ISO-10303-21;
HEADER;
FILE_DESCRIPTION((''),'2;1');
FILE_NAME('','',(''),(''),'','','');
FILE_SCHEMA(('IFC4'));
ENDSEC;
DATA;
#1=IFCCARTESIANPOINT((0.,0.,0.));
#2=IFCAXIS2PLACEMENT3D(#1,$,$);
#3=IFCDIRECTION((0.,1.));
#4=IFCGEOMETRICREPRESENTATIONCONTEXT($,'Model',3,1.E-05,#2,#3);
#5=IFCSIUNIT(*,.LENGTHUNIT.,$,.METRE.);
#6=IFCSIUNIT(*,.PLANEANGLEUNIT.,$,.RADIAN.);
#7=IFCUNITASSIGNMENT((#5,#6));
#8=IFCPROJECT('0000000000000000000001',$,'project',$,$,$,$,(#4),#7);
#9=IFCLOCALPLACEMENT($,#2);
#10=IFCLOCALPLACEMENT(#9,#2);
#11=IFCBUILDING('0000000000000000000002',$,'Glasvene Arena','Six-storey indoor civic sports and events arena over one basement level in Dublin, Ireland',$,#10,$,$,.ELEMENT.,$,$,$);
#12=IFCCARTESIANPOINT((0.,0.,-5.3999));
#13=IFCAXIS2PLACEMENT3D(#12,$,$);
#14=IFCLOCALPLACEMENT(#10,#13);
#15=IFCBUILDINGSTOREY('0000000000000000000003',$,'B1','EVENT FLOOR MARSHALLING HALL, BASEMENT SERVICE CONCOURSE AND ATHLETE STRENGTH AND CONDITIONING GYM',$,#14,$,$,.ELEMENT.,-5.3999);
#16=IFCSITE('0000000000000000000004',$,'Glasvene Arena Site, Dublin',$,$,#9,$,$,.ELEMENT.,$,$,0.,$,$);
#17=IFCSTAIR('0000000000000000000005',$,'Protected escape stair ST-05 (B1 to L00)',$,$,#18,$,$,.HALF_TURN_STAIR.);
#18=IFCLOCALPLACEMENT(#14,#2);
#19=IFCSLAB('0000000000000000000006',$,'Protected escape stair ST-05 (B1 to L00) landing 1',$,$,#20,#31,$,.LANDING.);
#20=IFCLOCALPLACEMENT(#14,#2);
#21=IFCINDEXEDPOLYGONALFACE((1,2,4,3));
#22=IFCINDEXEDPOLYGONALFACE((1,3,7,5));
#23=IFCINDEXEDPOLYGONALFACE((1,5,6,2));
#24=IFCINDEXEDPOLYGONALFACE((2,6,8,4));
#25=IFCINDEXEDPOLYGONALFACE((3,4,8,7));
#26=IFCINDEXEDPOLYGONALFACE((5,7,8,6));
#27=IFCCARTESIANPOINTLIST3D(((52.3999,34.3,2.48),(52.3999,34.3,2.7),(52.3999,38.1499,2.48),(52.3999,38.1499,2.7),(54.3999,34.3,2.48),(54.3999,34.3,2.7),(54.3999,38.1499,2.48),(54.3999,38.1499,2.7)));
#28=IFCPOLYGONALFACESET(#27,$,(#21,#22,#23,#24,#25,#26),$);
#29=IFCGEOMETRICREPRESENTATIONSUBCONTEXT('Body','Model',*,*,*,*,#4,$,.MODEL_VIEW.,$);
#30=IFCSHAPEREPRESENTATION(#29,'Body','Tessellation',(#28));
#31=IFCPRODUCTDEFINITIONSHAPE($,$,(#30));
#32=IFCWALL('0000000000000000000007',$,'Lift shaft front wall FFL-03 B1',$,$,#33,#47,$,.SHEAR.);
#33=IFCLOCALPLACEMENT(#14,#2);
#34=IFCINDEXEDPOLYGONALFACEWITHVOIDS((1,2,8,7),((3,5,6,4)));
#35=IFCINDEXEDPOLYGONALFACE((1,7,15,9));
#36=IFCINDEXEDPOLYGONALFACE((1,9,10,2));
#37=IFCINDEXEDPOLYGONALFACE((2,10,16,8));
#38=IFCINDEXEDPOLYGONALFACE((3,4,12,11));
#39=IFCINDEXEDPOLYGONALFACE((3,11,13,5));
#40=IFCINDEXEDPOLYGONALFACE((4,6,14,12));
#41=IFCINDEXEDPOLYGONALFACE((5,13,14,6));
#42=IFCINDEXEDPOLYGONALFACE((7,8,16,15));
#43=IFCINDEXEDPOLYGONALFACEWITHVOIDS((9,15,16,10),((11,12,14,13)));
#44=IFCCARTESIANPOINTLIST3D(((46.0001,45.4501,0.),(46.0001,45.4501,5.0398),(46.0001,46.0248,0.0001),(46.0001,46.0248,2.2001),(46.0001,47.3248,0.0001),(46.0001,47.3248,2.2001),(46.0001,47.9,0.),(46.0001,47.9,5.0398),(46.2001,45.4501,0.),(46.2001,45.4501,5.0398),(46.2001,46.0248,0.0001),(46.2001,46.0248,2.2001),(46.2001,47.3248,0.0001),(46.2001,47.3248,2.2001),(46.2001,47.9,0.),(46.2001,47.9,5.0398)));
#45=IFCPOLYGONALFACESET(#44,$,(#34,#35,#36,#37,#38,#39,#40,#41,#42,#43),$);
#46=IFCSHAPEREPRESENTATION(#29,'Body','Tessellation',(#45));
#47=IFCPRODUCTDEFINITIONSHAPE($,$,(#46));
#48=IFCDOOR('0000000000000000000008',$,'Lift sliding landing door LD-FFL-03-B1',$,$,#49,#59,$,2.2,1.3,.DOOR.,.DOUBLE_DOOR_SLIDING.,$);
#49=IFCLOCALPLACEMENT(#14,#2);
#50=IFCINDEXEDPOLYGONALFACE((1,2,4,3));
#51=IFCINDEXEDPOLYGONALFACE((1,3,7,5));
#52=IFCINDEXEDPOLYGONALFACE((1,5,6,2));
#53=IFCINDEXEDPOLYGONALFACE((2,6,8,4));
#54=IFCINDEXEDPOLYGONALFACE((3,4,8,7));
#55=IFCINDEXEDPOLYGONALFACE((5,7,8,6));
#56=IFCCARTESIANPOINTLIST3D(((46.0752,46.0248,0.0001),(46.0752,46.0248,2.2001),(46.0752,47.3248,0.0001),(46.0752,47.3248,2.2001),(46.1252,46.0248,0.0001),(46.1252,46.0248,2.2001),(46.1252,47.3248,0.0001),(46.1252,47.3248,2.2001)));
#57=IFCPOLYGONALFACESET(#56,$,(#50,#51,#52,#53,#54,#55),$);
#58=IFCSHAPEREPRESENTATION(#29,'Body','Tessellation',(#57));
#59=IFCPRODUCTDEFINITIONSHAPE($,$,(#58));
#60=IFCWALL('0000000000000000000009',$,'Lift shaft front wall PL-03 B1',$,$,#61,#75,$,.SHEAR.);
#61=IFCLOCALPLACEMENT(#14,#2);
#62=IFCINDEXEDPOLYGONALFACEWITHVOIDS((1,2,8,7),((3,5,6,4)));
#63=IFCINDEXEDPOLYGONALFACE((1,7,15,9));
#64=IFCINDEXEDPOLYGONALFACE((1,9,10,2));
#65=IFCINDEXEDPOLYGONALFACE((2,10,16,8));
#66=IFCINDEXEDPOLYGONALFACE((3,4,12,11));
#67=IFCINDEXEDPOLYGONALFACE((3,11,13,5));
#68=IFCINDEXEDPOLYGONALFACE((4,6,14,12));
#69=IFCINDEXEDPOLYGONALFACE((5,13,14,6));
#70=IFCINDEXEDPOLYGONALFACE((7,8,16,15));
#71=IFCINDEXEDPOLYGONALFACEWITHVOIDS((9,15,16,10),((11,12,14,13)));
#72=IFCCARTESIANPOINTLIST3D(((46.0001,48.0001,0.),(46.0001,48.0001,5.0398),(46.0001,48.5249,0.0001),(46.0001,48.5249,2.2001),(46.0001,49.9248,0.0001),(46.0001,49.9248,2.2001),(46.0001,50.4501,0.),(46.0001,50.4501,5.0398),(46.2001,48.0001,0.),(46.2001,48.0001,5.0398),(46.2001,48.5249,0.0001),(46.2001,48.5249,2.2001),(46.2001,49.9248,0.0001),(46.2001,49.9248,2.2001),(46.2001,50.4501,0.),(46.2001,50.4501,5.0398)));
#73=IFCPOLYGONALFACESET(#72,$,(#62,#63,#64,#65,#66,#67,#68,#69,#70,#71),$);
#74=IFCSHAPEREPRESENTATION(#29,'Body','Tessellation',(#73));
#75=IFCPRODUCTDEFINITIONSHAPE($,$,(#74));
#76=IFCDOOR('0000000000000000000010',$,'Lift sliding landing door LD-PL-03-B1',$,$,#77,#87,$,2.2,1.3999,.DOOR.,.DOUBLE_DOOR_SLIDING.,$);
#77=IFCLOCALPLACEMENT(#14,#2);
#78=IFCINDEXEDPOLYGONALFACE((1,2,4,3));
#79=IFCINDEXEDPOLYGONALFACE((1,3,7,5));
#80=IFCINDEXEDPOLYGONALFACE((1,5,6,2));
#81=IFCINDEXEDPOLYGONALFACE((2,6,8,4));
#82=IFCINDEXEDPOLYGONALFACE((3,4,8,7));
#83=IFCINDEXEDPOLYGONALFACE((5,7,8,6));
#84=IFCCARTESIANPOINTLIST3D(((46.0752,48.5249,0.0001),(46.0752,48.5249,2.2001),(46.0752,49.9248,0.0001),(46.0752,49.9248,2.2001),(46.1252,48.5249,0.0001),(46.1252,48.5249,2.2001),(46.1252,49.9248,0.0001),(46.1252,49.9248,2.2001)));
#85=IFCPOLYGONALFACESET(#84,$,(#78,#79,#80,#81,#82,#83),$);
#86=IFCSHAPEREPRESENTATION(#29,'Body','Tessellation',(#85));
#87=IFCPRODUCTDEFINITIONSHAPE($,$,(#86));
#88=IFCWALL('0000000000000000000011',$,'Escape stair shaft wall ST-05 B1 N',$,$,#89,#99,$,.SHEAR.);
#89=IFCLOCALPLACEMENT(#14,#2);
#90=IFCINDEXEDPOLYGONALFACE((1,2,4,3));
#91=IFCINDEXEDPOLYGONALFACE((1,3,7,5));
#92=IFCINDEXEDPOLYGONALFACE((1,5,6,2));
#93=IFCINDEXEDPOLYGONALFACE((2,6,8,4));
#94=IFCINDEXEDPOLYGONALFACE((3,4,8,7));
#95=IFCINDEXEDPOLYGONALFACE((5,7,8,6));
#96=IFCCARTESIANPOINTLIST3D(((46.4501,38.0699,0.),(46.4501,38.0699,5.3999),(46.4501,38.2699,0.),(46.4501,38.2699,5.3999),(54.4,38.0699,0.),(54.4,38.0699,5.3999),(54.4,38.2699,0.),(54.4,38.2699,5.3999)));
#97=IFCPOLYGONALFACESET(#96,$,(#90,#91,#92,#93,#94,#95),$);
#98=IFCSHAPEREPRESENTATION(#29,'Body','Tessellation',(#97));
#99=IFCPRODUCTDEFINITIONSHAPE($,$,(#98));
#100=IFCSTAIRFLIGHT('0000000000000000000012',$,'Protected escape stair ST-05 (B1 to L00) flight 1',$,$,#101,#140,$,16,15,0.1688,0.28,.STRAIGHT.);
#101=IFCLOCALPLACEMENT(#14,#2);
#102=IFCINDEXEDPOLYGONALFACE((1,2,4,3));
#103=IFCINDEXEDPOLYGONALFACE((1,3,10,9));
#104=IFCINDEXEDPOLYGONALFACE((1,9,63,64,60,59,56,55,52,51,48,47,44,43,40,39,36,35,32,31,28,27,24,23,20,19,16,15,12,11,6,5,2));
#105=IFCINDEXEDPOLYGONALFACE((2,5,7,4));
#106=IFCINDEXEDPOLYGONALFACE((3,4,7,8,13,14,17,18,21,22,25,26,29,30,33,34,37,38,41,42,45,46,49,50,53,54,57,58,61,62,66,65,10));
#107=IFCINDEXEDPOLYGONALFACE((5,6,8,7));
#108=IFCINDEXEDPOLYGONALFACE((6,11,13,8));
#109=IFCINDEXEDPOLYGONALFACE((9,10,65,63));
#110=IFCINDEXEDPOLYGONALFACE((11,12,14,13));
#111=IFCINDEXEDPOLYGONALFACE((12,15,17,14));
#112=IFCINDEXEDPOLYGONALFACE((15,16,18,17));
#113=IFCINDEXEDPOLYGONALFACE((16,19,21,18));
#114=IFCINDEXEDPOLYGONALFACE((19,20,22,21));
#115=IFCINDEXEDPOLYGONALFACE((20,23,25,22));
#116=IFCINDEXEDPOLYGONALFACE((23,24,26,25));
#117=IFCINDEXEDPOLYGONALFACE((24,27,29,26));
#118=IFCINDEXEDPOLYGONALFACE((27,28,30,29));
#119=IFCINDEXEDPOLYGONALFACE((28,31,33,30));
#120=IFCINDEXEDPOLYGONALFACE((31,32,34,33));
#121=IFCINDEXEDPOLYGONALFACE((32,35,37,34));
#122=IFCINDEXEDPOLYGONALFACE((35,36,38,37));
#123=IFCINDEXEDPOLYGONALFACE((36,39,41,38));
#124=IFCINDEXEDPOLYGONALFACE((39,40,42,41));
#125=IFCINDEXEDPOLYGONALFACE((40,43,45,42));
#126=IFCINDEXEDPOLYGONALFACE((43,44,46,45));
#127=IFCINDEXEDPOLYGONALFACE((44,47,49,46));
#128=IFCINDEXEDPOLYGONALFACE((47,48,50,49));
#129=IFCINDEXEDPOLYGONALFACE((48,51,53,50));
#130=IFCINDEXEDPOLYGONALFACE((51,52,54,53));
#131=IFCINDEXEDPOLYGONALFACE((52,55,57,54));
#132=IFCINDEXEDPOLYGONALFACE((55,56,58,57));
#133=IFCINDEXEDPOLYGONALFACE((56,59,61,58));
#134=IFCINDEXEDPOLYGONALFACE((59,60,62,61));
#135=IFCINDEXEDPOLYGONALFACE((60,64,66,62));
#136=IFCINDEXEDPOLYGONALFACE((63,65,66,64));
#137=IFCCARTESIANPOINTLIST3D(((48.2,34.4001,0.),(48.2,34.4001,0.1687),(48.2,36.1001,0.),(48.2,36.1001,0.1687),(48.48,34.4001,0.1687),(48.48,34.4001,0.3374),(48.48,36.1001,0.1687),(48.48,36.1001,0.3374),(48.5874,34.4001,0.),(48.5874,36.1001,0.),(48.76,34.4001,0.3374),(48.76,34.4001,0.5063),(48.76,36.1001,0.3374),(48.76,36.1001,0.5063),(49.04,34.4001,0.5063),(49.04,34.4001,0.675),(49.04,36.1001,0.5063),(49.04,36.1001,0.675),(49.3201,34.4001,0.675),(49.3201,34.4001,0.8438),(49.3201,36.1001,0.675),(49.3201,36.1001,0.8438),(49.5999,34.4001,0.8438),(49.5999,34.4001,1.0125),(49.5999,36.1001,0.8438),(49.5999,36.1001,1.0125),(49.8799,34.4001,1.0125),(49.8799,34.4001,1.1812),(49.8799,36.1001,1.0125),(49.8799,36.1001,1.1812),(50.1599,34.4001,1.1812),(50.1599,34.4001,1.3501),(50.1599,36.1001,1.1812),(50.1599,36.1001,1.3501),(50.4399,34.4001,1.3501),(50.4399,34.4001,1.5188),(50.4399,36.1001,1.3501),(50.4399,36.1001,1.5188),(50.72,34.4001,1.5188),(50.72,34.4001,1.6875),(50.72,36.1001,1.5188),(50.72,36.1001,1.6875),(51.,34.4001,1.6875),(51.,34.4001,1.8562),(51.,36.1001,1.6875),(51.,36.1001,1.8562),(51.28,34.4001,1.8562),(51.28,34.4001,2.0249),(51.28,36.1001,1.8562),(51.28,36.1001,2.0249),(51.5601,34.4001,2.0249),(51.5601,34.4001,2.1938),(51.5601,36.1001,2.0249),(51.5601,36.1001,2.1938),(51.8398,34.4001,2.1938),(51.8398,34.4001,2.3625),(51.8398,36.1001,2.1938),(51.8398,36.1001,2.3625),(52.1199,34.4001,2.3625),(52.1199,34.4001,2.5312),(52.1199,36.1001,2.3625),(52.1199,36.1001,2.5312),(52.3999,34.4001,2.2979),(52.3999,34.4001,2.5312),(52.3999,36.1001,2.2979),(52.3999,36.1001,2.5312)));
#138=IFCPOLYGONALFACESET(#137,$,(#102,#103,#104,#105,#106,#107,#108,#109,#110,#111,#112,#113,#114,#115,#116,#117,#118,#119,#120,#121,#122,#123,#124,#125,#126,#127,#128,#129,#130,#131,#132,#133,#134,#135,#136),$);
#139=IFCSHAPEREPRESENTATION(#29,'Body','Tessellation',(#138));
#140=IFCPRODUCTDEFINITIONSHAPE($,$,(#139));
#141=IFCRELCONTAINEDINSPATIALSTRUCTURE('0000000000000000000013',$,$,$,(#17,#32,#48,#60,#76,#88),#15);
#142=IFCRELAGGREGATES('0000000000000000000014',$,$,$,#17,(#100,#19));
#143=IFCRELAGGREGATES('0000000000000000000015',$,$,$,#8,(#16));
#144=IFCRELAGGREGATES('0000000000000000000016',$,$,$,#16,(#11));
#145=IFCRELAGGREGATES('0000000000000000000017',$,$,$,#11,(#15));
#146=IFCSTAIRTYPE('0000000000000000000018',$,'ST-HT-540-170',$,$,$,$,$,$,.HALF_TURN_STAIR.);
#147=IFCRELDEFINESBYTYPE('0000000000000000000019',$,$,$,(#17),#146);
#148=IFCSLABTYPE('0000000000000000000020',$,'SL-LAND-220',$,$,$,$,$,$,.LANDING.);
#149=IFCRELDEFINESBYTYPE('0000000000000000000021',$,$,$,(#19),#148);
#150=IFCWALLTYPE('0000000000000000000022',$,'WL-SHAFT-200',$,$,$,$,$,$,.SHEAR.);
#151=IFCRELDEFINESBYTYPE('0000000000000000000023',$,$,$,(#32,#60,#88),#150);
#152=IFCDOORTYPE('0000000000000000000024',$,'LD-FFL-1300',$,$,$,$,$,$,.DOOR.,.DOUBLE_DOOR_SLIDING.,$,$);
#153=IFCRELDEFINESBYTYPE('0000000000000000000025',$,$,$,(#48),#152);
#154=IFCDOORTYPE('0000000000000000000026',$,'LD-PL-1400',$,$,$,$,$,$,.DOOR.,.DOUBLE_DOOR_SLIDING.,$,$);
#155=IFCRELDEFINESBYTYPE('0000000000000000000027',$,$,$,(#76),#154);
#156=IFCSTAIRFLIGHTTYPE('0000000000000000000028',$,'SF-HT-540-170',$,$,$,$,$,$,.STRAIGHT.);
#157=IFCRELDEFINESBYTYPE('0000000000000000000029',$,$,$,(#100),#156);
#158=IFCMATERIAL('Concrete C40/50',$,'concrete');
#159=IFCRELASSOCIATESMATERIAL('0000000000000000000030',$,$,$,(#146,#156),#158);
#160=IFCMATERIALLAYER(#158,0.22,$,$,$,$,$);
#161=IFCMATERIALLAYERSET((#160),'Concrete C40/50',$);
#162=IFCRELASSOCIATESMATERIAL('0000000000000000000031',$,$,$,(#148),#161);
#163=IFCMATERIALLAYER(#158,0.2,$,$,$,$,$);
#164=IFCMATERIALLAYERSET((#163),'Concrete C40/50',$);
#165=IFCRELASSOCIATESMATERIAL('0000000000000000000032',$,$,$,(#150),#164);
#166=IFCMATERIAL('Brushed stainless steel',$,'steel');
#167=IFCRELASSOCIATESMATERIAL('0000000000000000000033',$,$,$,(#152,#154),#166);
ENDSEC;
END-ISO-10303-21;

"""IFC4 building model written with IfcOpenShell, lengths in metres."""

from ifc_helpers import new_model, si_unit, direction, frame, frame_2d, origin, place, context, subcontext, project, spatial, polyline, rectangle, outline, extrude, material, layer, layer_set, type_object, element, fill, aggregate, save


model = new_model("IFC4")

# Units and contexts
model_context = context("Model", 3, precision=1e-05, world=origin(), true_north=direction((0.0, 1.0)))
body_context = subcontext(model_context, "Body", "Model", "MODEL_VIEW")
ifc_project = project(units=[si_unit("LENGTHUNIT", "METRE"), si_unit("PLANEANGLEUNIT", "RADIAN")], contexts=[model_context])

# Site, building, storey
site_placement = place(None, origin())
site = spatial("IfcSite", under=ifc_project, at=site_placement, Name="Glasvene Arena Site, Dublin", CompositionType="ELEMENT", RefElevation=0.0)
building_placement = place(site_placement, origin())
building = spatial("IfcBuilding", under=site, at=building_placement, Name="Glasvene Arena", Description="Six-storey indoor civic sports and events arena over one basement level in Dublin, Ireland", CompositionType="ELEMENT")
storey_placement = place(building_placement, frame((0.0, 0.0, -5.3999)))
storey = spatial("IfcBuildingStorey", under=building, at=storey_placement, Name="B1", Description="EVENT FLOOR MARSHALLING HALL, BASEMENT SERVICE CONCOURSE AND ATHLETE STRENGTH AND CONDITIONING GYM", CompositionType="ELEMENT", Elevation=-5.3999)

# Shared definitions
ifc_material_1 = material(Name="Concrete C40/50", Category="concrete")

# Stair, slab
stair_type = type_object("IfcStairType", Name="ST-HT-540-170", PredefinedType="HALF_TURN_STAIR", material=ifc_material_1)
stair_placement = place(storey_placement, origin())
stair = element("IfcStair", 1, at=stair_placement, inside=storey, type_object=stair_type, Name="Protected escape stair ST-05 (B1 to L00)", PredefinedType="HALF_TURN_STAIR")
ifc_layer_1 = layer(ifc_material_1, 0.22)
ifc_layer_set_1 = layer_set([ifc_layer_1], Name="Concrete C40/50")
slab_type = type_object("IfcSlabType", Name="SL-LAND-220", PredefinedType="LANDING", material=ifc_layer_set_1)
slab_placement = place(storey_placement, frame((53.3999, 36.2251, 2.48)))
slab = element("IfcSlab", 2, at=slab_placement, type_object=slab_type, Name="Protected escape stair ST-05 (B1 to L00) landing 1", PredefinedType="LANDING", context=body_context, shape_type="SweptSolid", body=[
    extrude(outline(polyline([(-1.0, -1.925), (1.0, -1.925), (1.0, 1.9248), (-1.0, 1.9248), (-1.0, -1.925)])), origin(), (0.0, 0.0, 1.0), 0.22),
])

# Walls, openings, doors
ifc_layer_2 = layer(ifc_material_1, 0.2)
ifc_layer_set_2 = layer_set([ifc_layer_2], Name="Concrete C40/50")
wall_type = type_object("IfcWallType", Name="WL-SHAFT-200", PredefinedType="SHEAR", material=ifc_layer_set_2)
wall_1_placement = place(storey_placement, frame((46.1001, 45.45, 0.0), z_axis=(0.0, 0.0, 1.0), x_axis=(0.0, 1.0, 0.0)))
wall_1 = element("IfcWall", 3, at=wall_1_placement, inside=storey, type_object=wall_type, Name="Lift shaft front wall FFL-03 B1", PredefinedType="SHEAR", context=body_context, shape_type="SweptSolid", body=[
    extrude(rectangle(XDim=2.45, YDim=0.2, at=frame_2d((1.2251, 0.0))), origin(), (0.0, 0.0, 1.0), 5.0398),
])
opening_1_placement = place(wall_1_placement, frame((0.575, 0.0, 0.0)))
opening_1 = element("IfcOpeningElement", 4, at=opening_1_placement, cuts=wall_1, PredefinedType="OPENING", context=body_context, shape_type="SweptSolid", body=[
    extrude(rectangle(XDim=1.3, YDim=2.2, at=frame_2d((0.6499, 1.1001))), frame((0.0, 0.1099, 0.0), z_axis=(0.0, -1.0, 0.0), x_axis=(1.0, 0.0, 0.0)), (0.0, 0.0, 1.0), 0.22),
])
ifc_material_2 = material(Name="Brushed stainless steel", Category="steel")
door_type_1 = type_object("IfcDoorType", Name="LD-FFL-1300", OperationType="DOUBLE_DOOR_SLIDING", PredefinedType="DOOR", material=ifc_material_2)
door_1_placement = place(opening_1_placement, origin())
door_1 = element("IfcDoor", 5, at=door_1_placement, inside=storey, type_object=door_type_1, Name="Lift sliding landing door LD-FFL-03-B1", OperationType="DOUBLE_DOOR_SLIDING", OverallHeight=2.2, OverallWidth=1.3, PredefinedType="DOOR", context=body_context, shape_type="SweptSolid", body=[
    extrude(rectangle(XDim=1.3, YDim=2.2, at=frame_2d((0.6499, 1.1001))), frame((0.0, 0.0249, 0.0), z_axis=(0.0, -1.0, 0.0), x_axis=(1.0, 0.0, 0.0)), (0.0, 0.0, 1.0), 0.05),
])
fill(opening_1, door_1)
wall_2_placement = place(storey_placement, frame((46.1001, 48.0, 0.0), z_axis=(0.0, 0.0, 1.0), x_axis=(0.0, 1.0, 0.0)))
wall_2 = element("IfcWall", 6, at=wall_2_placement, inside=storey, type_object=wall_type, Name="Lift shaft front wall PL-03 B1", PredefinedType="SHEAR", context=body_context, shape_type="SweptSolid", body=[
    extrude(rectangle(XDim=2.45, YDim=0.2, at=frame_2d((1.2251, 0.0))), origin(), (0.0, 0.0, 1.0), 5.0398),
])
opening_2_placement = place(wall_2_placement, frame((0.5249, 0.0, 0.0)))
opening_2 = element("IfcOpeningElement", 7, at=opening_2_placement, cuts=wall_2, PredefinedType="OPENING", context=body_context, shape_type="SweptSolid", body=[
    extrude(rectangle(XDim=1.3999, YDim=2.2, at=frame_2d((0.7, 1.1001))), frame((0.0, 0.1099, 0.0), z_axis=(0.0, -1.0, 0.0), x_axis=(1.0, 0.0, 0.0)), (0.0, 0.0, 1.0), 0.22),
])
door_type_2 = type_object("IfcDoorType", Name="LD-PL-1400", OperationType="DOUBLE_DOOR_SLIDING", PredefinedType="DOOR", material=ifc_material_2)
door_2_placement = place(opening_2_placement, origin())
door_2 = element("IfcDoor", 8, at=door_2_placement, inside=storey, type_object=door_type_2, Name="Lift sliding landing door LD-PL-03-B1", OperationType="DOUBLE_DOOR_SLIDING", OverallHeight=2.2, OverallWidth=1.3999, PredefinedType="DOOR", context=body_context, shape_type="SweptSolid", body=[
    extrude(rectangle(XDim=1.3999, YDim=2.2, at=frame_2d((0.7, 1.1001))), frame((0.0, 0.0249, 0.0), z_axis=(0.0, -1.0, 0.0), x_axis=(1.0, 0.0, 0.0)), (0.0, 0.0, 1.0), 0.05),
])
fill(opening_2, door_2)

# Wall
wall_3_placement = place(storey_placement, frame((46.45, 38.1699, 0.0), z_axis=(0.0, 0.0, 1.0), x_axis=(1.0, 0.0, 0.0)))
element("IfcWall", 9, at=wall_3_placement, inside=storey, type_object=wall_type, Name="Escape stair shaft wall ST-05 B1 N", PredefinedType="SHEAR", context=body_context, shape_type="SweptSolid", body=[
    extrude(rectangle(XDim=7.95, YDim=0.2, at=frame_2d((3.9751, 0.0))), origin(), (0.0, 0.0, 1.0), 5.3999),
])

# Stair flight
stair_flight_type = type_object("IfcStairFlightType", Name="SF-HT-540-170", PredefinedType="STRAIGHT", material=ifc_material_1)
stair_flight_1_placement = place(storey_placement, frame((48.2, 35.25, 0.0), z_axis=(0.0, 0.0, 1.0), x_axis=(1.0, 0.0, 0.0)))
stair_flight_1 = element("IfcStairFlight", 10, at=stair_flight_1_placement, type_object=stair_flight_type, Name="Protected escape stair ST-05 (B1 to L00) flight 1", NumberOfRisers=16, NumberOfTreads=15, PredefinedType="STRAIGHT", RiserHeight=0.1688, TreadLength=0.28, context=body_context, shape_type="SweptSolid", body=[
    extrude(outline(polyline([(0.0, 0.0), (0.0, 0.1687), (0.28, 0.1687), (0.28, 0.3374), (0.5601, 0.3374), (0.5601, 0.5063), (0.8401, 0.5063), (0.8401, 0.675), (1.1201, 0.675), (1.1201, 0.8438), (1.3999, 0.8438), (1.3999, 1.0125), (1.6799, 1.0125), (1.6799, 1.1812), (1.96, 1.1812), (1.96, 1.3501), (2.24, 1.3501), (2.24, 1.5188), (2.52, 1.5188), (2.52, 1.6875), (2.8, 1.6875), (2.8, 1.8562), (3.0801, 1.8562), (3.0801, 2.0249), (3.3601, 2.0249), (3.3601, 2.1938), (3.6399, 2.1938), (3.6399, 2.3625), (3.9199, 2.3625), (3.9199, 2.5312), (4.2, 2.5312), (4.2, 2.7), (4.2, 2.2979), (0.3875, 0.0), (0.0, 0.0)])), frame((0.0, 0.8501, 0.0), z_axis=(0.0, -1.0, 0.0), x_axis=(1.0, 0.0, 0.0)), (0.0, 0.0, 1.0), 1.7),
])
aggregate(stair, [stair_flight_1, slab])

save(model, "model.ifc")
